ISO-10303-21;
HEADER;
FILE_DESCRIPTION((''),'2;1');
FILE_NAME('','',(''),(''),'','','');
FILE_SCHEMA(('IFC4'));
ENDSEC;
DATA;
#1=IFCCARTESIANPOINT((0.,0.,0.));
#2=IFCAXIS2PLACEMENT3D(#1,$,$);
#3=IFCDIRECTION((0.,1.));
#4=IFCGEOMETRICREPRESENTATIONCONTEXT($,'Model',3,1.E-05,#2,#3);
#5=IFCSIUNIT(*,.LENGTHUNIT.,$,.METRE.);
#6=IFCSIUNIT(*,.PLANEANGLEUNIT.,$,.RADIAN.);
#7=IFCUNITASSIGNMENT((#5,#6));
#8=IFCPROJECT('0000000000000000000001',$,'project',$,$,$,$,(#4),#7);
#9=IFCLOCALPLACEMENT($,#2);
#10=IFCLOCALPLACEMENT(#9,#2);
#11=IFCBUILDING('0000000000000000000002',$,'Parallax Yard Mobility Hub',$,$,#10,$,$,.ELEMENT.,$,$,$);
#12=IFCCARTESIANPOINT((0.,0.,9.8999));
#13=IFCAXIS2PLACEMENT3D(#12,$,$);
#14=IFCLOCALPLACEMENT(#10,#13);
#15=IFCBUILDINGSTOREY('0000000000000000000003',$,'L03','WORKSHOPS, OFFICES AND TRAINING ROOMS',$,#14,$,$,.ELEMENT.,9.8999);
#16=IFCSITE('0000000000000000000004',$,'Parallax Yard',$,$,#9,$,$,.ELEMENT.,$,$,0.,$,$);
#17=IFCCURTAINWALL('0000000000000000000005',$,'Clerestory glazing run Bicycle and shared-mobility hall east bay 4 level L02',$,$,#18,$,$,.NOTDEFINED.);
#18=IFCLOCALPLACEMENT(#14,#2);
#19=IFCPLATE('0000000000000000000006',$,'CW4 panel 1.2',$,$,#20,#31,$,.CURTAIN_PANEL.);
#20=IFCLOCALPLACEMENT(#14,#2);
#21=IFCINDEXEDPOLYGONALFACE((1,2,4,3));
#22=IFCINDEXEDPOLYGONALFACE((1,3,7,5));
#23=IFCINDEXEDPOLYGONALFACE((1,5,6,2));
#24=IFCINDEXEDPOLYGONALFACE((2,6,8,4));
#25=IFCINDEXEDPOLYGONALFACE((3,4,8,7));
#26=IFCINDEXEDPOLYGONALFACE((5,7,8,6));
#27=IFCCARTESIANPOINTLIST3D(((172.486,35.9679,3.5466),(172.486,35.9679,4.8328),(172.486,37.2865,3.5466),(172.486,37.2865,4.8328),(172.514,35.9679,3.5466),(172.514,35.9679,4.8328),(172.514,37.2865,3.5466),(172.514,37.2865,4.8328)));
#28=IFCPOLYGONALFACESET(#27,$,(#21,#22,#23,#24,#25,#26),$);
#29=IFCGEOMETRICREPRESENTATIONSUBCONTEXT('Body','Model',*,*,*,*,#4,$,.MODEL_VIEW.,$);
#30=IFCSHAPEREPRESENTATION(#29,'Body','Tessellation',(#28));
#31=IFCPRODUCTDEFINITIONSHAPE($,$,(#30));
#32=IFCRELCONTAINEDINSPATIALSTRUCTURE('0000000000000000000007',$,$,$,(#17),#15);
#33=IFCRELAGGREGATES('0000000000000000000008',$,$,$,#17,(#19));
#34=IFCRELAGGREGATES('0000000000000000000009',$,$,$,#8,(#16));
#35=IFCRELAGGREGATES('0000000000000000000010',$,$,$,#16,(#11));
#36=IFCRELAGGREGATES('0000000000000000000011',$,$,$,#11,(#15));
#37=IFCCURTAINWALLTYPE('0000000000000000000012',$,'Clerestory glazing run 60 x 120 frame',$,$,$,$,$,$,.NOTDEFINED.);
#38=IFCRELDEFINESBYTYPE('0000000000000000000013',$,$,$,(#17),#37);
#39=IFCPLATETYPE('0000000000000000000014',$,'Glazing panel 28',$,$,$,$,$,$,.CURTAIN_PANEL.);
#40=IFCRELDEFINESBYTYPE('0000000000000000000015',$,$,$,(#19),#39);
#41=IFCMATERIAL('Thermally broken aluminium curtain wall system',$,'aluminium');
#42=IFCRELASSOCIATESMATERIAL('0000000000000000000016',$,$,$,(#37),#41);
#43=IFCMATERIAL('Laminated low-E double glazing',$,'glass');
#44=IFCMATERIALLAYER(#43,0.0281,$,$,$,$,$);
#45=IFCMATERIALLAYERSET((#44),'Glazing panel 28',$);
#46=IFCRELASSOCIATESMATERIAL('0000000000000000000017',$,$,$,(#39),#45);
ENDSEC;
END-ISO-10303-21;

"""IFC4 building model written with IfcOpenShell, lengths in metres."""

from ifc_helpers import new_model, si_unit, direction, frame, origin, origin_2d, place, context, subcontext, project, spatial, rectangle, extrude, material, layer, layer_set, type_object, element, aggregate, save


model = new_model("IFC4")

# Units and contexts
model_context = context("Model", 3, precision=1e-05, world=origin(), true_north=direction((0.0, 1.0)))
body_context = subcontext(model_context, "Body", "Model", "MODEL_VIEW")
ifc_project = project(units=[si_unit("LENGTHUNIT", "METRE"), si_unit("PLANEANGLEUNIT", "RADIAN")], contexts=[model_context])

# Site, building, storey
site_placement = place(None, origin())
site = spatial("IfcSite", under=ifc_project, at=site_placement, Name="Parallax Yard", CompositionType="ELEMENT", RefElevation=0.0)
building_placement = place(site_placement, origin())
building = spatial("IfcBuilding", under=site, at=building_placement, Name="Parallax Yard Mobility Hub", CompositionType="ELEMENT")
storey_placement = place(building_placement, frame((0.0, 0.0, 9.8999)))
storey = spatial("IfcBuildingStorey", under=building, at=storey_placement, Name="L03", Description="WORKSHOPS, OFFICES AND TRAINING ROOMS", CompositionType="ELEMENT", Elevation=9.8999)

# Shared definitions
ifc_material_1 = material(Name="Thermally broken aluminium curtain wall system", Category="aluminium")
curtain_wall_type = type_object("IfcCurtainWallType", Name="Clerestory glazing run 60 x 120 frame", PredefinedType="NOTDEFINED", material=ifc_material_1)

# Curtain wall
curtain_wall_1_placement = place(storey_placement, origin())
curtain_wall_1 = element("IfcCurtainWall", 1, at=curtain_wall_1_placement, inside=storey, type_object=curtain_wall_type, Name="Clerestory glazing run Bicycle and shared-mobility hall east bay 4 level L02", PredefinedType="NOTDEFINED")

# Plate
ifc_material_2 = material(Name="Laminated low-E double glazing", Category="glass")
ifc_layer = layer(ifc_material_2, 0.0281)
ifc_layer_set = layer_set([ifc_layer], Name="Glazing panel 28")
plate_type = type_object("IfcPlateType", Name="Glazing panel 28", PredefinedType="CURTAIN_PANEL", material=ifc_layer_set)
plate_1_placement = place(storey_placement, frame((172.5, 36.6272, 3.5466), z_axis=(0.0, 0.0, 1.0), x_axis=(0.0, 1.0, 0.0)))
plate_1 = element("IfcPlate", 2, at=plate_1_placement, type_object=plate_type, Name="CW4 panel 1.2", PredefinedType="CURTAIN_PANEL", context=body_context, shape_type="SweptSolid", body=[
    extrude(rectangle(XDim=1.3186, YDim=0.0281, at=origin_2d()), origin(), (0.0, 0.0, 1.0), 1.2861),
])
aggregate(curtain_wall_1, [plate_1])

save(model, "model.ifc")
